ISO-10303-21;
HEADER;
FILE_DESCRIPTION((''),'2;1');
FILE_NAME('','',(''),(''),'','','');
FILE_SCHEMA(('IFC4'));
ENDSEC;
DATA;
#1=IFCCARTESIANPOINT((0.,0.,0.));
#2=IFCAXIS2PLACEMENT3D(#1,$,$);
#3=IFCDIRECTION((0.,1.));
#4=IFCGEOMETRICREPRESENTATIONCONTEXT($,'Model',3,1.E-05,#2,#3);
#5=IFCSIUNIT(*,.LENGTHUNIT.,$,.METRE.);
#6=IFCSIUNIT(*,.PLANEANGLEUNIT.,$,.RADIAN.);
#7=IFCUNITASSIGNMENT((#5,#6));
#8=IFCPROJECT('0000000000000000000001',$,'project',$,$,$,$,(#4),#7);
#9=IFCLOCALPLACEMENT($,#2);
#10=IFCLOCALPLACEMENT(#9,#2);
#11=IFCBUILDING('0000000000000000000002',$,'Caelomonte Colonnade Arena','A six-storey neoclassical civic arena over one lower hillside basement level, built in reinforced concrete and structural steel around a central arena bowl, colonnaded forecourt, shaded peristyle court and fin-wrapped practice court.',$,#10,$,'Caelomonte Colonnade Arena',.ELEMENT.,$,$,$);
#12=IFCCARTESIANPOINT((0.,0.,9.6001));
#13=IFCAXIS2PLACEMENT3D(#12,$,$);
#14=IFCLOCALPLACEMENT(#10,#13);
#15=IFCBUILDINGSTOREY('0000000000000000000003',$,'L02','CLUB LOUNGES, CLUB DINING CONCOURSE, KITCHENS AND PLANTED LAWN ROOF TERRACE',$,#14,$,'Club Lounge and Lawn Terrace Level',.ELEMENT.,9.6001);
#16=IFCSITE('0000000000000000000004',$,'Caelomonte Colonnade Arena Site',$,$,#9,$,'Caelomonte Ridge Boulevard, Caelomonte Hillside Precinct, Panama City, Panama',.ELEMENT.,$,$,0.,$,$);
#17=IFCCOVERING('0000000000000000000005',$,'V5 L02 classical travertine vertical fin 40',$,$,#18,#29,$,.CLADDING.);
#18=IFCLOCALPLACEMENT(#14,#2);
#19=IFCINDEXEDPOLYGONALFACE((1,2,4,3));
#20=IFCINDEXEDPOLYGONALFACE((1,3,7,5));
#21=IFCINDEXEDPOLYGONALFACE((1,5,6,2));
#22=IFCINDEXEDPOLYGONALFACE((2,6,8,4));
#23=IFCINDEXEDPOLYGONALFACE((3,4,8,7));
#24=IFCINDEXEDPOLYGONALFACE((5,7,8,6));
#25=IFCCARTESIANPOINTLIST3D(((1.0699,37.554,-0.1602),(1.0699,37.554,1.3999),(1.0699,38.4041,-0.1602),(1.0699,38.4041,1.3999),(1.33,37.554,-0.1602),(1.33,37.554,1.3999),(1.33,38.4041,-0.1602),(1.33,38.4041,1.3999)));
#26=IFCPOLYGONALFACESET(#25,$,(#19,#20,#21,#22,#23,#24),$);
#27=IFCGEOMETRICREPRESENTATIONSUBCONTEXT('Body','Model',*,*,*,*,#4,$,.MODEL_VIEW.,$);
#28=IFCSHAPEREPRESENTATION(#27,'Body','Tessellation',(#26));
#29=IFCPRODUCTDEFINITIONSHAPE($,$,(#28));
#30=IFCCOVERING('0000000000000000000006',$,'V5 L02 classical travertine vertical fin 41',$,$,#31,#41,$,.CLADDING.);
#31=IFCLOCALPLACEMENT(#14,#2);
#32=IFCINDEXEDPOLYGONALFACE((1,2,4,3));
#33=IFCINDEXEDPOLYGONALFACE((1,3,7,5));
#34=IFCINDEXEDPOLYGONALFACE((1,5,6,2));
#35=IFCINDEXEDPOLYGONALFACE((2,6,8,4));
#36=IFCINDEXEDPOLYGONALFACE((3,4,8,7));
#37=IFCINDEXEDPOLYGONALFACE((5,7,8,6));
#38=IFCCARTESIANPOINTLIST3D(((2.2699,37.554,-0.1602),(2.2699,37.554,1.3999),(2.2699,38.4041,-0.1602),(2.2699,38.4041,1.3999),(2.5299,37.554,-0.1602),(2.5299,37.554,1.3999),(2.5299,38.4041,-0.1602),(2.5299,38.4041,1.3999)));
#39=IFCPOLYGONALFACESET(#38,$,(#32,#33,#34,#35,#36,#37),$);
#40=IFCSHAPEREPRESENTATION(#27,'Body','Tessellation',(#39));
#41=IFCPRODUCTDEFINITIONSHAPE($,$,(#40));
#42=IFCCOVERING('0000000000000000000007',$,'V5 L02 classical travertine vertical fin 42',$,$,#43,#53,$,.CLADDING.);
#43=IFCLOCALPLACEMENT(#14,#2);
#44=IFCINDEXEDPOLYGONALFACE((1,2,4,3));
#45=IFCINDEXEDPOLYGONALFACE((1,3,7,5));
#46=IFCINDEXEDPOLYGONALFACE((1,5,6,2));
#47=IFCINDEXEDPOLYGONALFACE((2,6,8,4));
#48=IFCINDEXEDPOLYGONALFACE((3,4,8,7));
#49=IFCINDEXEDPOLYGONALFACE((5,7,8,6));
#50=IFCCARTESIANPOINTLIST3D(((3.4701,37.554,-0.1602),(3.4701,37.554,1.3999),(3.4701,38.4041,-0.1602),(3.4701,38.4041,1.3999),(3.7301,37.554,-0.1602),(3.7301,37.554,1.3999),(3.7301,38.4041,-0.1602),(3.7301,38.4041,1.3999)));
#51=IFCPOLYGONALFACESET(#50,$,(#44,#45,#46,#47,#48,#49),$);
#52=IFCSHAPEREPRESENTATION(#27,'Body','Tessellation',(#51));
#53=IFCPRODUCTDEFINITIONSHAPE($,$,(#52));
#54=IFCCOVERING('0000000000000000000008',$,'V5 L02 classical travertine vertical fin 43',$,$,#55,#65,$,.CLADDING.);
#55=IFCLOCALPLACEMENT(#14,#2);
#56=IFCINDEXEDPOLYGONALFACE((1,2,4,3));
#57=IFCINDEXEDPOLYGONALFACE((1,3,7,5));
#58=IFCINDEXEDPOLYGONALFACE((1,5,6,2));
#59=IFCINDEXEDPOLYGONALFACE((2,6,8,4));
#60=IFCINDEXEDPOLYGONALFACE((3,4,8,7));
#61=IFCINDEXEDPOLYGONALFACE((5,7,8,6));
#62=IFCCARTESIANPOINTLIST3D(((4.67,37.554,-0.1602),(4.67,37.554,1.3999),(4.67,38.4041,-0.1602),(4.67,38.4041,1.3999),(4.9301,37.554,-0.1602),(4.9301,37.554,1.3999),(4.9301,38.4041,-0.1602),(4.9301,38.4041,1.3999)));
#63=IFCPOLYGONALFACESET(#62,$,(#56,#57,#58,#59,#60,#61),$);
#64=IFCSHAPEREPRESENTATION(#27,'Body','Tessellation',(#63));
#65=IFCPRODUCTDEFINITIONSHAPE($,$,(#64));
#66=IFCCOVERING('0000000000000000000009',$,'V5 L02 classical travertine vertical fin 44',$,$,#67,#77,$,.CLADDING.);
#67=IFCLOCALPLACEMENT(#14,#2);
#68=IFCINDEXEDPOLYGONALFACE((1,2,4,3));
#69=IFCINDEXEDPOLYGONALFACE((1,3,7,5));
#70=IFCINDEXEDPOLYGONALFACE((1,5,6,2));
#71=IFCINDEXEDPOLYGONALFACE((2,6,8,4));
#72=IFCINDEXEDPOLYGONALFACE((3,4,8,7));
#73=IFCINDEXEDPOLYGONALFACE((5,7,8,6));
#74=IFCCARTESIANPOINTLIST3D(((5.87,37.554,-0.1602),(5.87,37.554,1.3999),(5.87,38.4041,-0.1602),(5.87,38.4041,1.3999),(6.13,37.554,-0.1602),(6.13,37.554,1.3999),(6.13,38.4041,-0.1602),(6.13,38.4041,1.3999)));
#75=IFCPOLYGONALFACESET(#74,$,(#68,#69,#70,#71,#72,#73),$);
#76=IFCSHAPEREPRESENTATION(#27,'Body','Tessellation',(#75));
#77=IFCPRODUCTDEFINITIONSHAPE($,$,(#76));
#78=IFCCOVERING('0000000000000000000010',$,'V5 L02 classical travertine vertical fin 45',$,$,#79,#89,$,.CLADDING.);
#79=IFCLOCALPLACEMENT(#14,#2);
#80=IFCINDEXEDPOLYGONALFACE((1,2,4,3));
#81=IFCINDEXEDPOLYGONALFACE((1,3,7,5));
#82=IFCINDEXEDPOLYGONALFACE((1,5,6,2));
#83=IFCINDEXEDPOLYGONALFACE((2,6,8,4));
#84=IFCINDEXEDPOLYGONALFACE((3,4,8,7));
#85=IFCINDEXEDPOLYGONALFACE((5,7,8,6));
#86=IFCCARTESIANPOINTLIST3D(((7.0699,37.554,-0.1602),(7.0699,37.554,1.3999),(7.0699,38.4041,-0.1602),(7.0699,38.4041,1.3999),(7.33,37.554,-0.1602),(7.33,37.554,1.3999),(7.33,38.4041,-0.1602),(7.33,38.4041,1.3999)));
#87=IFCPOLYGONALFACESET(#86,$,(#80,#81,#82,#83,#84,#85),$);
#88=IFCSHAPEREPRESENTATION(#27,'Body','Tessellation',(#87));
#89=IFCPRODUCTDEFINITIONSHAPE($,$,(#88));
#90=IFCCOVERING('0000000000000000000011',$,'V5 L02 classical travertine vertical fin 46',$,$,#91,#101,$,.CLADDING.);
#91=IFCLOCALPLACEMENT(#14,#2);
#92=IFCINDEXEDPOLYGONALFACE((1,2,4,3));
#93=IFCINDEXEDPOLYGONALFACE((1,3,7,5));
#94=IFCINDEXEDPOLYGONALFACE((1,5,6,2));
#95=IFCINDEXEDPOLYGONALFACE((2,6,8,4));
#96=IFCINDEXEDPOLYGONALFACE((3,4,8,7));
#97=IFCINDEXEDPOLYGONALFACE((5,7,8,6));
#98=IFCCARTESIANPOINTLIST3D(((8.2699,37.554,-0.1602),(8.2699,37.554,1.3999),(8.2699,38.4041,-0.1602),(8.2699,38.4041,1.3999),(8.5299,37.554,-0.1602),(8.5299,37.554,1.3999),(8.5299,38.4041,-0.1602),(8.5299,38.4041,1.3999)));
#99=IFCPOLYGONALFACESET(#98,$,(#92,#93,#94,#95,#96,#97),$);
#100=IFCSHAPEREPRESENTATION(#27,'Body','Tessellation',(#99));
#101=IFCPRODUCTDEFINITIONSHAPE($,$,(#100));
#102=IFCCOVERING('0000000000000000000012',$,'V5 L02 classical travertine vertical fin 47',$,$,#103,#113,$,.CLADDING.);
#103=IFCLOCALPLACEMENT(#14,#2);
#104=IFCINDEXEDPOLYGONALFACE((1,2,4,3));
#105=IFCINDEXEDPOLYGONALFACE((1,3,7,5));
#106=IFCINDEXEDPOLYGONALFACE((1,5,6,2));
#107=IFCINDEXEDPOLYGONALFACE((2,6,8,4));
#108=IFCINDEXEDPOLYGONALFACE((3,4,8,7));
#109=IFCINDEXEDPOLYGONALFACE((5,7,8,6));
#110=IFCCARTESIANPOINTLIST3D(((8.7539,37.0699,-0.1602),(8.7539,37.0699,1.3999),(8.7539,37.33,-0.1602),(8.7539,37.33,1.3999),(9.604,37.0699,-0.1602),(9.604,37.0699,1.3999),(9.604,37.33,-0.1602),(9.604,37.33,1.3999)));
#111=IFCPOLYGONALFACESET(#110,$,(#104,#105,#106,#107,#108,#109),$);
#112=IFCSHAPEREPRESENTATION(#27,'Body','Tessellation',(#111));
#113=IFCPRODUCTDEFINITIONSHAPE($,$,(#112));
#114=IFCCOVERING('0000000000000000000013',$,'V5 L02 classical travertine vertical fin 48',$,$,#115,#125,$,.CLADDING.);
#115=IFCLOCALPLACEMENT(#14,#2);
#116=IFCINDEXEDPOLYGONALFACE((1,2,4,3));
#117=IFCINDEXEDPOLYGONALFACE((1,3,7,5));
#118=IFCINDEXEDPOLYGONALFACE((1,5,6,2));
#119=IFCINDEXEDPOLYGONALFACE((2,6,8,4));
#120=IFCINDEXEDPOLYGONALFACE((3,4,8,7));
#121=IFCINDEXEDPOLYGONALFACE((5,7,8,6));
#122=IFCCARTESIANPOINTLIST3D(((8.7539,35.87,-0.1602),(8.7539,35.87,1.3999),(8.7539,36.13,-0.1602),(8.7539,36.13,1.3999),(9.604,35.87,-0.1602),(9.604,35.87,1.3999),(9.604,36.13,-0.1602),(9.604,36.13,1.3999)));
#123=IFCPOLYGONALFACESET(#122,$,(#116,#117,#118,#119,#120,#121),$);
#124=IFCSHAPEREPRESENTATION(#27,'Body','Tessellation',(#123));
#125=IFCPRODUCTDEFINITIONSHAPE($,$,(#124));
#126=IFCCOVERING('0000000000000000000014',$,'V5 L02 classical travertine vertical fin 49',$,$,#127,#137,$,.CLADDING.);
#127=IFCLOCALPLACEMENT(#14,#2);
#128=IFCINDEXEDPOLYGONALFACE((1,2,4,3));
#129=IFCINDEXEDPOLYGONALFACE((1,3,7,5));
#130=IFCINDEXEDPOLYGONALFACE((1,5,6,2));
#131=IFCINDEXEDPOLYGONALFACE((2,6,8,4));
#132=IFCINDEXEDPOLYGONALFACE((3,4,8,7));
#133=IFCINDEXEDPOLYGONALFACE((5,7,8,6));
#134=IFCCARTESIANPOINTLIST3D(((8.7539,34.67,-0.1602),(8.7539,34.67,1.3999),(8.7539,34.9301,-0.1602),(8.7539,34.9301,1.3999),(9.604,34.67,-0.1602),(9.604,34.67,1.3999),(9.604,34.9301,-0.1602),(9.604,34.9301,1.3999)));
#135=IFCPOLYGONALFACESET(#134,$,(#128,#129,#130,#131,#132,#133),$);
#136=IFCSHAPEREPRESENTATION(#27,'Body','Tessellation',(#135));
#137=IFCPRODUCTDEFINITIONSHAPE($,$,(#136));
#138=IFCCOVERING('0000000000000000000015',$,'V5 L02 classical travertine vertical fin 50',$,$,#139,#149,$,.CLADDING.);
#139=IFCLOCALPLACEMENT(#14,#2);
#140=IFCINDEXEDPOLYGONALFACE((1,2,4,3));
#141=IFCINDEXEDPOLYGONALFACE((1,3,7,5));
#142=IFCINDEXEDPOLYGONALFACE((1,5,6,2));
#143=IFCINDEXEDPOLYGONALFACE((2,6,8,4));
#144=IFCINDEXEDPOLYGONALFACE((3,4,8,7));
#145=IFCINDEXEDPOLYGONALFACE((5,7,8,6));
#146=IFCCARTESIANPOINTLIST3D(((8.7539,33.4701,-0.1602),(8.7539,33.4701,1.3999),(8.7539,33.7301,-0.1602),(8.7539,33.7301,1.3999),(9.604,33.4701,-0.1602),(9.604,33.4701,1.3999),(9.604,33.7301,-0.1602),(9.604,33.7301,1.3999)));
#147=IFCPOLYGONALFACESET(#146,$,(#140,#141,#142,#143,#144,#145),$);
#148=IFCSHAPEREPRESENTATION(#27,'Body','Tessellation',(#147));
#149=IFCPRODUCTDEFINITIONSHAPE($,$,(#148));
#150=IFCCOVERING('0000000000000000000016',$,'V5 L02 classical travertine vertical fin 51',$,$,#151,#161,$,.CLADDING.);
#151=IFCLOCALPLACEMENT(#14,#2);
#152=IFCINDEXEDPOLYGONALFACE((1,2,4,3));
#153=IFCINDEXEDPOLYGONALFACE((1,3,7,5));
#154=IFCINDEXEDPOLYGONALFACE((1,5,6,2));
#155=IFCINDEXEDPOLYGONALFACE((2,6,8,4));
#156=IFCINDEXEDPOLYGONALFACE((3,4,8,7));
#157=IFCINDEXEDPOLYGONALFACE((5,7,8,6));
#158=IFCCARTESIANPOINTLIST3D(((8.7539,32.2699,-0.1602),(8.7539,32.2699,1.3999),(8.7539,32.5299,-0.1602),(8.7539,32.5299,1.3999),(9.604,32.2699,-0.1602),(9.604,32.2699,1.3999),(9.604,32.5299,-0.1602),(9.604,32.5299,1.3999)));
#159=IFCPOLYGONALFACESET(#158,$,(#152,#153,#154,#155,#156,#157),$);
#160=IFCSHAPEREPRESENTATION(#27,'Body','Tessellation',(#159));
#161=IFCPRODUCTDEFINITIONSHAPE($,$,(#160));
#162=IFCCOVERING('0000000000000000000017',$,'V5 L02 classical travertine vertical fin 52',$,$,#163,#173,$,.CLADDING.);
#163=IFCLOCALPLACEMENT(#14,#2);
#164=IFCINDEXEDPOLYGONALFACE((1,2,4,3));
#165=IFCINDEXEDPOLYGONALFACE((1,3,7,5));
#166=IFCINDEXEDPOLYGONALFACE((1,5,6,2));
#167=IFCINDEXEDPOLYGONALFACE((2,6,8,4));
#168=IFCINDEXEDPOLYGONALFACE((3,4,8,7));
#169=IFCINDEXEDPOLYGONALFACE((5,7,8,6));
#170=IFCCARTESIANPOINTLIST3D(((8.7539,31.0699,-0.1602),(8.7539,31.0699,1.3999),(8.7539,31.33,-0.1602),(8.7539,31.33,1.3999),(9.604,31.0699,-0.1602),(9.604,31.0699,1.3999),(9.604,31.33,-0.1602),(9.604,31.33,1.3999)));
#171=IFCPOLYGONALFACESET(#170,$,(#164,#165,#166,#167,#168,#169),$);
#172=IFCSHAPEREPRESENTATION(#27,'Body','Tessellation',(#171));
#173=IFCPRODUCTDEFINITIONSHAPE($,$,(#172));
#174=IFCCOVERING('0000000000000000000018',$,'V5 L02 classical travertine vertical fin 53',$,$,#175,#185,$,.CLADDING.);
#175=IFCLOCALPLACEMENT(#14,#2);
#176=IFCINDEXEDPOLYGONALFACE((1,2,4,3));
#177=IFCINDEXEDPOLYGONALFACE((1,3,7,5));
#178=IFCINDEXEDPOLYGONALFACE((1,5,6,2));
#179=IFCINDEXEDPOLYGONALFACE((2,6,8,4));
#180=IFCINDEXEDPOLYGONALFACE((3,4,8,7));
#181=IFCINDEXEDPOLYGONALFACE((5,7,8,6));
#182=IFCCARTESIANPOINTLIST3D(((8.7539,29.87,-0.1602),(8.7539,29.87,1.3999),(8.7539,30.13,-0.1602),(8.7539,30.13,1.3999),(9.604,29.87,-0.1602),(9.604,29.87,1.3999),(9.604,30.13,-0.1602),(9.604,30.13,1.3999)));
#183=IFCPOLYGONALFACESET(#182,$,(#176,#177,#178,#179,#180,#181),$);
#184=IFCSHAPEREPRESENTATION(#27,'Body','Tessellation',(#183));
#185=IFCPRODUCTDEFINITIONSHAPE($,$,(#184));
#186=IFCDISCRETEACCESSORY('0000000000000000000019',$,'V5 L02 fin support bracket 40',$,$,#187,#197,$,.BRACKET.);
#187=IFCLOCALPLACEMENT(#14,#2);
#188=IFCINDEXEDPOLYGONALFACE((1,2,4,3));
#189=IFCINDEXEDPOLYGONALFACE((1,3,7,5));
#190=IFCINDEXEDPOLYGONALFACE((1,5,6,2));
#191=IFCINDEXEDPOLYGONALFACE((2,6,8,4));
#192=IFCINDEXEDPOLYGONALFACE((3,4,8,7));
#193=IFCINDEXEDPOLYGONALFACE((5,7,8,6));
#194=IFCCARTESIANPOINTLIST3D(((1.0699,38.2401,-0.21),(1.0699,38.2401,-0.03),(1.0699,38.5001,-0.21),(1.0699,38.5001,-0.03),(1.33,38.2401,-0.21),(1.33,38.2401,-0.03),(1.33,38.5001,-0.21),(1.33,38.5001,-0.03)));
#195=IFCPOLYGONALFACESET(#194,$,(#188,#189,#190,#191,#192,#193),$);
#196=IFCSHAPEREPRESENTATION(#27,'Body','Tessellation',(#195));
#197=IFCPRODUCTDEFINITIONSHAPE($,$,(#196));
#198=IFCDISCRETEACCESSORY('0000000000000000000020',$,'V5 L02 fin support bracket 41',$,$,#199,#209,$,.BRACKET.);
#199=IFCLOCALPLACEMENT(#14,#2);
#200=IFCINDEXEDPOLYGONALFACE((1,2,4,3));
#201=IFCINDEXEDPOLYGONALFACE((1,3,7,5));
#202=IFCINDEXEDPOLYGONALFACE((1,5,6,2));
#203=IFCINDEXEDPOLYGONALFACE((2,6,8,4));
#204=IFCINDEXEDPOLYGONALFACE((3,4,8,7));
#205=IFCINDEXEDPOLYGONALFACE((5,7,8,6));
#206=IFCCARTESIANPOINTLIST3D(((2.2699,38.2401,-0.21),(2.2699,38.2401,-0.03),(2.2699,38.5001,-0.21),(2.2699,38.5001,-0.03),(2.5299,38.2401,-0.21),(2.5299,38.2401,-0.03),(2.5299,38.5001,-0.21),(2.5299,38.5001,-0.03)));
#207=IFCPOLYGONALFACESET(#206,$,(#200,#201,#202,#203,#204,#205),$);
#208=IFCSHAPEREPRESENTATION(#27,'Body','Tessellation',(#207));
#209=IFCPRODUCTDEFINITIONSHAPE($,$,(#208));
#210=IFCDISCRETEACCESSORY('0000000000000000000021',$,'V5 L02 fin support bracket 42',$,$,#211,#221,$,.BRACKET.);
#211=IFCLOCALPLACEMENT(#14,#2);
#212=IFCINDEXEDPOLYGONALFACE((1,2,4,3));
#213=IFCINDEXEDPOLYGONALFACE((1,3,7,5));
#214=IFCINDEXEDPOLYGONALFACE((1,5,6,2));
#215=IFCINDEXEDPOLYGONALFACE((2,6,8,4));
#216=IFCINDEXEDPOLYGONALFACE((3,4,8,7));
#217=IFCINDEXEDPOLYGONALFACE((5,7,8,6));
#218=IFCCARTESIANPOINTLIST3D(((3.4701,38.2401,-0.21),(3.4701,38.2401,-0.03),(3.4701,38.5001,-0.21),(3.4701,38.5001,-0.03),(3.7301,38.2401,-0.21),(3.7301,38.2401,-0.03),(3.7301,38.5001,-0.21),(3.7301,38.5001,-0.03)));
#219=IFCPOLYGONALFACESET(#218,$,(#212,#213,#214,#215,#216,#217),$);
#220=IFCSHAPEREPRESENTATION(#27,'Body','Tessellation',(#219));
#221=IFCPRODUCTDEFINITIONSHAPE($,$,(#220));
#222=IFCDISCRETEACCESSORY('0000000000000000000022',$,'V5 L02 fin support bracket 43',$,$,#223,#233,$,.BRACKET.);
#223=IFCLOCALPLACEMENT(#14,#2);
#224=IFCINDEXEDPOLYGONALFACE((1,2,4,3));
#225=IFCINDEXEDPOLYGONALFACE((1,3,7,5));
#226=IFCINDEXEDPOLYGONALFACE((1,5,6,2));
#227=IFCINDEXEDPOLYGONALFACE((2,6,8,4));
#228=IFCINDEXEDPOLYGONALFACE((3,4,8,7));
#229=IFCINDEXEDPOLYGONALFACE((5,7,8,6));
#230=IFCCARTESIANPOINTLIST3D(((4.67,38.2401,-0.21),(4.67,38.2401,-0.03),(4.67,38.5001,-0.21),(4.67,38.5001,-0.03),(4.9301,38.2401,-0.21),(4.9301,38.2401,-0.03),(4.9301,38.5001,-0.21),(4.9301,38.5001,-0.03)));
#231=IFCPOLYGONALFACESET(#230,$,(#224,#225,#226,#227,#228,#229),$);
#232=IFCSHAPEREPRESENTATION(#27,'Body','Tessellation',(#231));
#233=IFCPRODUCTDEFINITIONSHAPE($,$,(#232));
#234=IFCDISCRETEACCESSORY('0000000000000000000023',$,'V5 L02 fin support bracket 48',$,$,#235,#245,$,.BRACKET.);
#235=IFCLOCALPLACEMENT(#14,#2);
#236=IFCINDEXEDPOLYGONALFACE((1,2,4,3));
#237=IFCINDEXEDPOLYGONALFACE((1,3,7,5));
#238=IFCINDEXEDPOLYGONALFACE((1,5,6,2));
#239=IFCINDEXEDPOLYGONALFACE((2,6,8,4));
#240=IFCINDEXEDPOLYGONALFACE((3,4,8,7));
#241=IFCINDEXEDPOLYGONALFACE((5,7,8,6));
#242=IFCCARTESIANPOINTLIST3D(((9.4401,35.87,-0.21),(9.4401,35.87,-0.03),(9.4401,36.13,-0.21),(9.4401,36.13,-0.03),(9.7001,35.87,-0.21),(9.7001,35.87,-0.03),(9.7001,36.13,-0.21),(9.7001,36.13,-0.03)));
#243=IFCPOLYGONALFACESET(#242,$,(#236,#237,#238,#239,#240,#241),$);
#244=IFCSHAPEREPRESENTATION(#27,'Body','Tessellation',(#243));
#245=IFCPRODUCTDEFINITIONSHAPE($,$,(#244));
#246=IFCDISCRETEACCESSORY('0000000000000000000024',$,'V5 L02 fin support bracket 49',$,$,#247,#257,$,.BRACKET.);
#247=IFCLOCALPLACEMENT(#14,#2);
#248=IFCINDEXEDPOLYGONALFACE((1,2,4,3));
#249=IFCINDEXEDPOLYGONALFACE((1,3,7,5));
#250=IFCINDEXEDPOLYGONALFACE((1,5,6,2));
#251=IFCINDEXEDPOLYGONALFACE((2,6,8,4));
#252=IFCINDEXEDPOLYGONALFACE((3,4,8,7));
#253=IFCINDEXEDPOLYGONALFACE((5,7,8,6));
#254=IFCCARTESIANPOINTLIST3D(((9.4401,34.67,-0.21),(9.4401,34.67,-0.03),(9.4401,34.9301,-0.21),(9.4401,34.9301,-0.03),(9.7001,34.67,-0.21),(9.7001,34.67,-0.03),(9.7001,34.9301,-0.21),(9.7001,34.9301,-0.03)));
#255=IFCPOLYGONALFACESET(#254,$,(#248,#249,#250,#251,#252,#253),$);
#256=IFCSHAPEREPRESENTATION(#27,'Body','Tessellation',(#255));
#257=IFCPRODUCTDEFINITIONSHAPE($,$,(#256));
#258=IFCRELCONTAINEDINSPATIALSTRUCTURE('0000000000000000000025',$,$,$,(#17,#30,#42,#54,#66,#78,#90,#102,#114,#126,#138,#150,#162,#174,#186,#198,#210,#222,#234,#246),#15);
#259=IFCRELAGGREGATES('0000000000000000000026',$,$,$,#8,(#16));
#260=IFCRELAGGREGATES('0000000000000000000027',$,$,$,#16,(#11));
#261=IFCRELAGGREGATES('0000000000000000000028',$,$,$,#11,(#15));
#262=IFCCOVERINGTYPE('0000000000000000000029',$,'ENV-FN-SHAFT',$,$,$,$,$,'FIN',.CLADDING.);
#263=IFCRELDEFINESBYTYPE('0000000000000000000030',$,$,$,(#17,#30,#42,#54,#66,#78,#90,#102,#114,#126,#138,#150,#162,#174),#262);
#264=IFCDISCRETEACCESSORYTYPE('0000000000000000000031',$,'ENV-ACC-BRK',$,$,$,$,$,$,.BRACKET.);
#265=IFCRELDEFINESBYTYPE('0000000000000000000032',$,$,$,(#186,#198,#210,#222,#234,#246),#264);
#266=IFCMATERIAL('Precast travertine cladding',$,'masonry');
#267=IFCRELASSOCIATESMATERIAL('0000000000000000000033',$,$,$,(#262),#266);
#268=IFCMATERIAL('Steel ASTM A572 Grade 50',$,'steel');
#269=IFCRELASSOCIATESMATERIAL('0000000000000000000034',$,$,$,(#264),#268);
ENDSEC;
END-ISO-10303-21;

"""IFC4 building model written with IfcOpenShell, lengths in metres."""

from ifc_helpers import new_model, si_unit, direction, frame, origin, origin_2d, place, context, subcontext, project, spatial, rectangle, extrude, material, material_profile, profile_set, type_object, element, save


model = new_model("IFC4")

# Units and contexts
model_context = context("Model", 3, precision=1e-05, world=origin(), true_north=direction((0.0, 1.0)))
body_context = subcontext(model_context, "Body", "Model", "MODEL_VIEW")
ifc_project = project(units=[si_unit("LENGTHUNIT", "METRE"), si_unit("PLANEANGLEUNIT", "RADIAN")], contexts=[model_context])

# Site, building, storey
site_placement = place(None, origin())
site = spatial("IfcSite", under=ifc_project, at=site_placement, Name="Caelomonte Colonnade Arena Site", LongName="Caelomonte Ridge Boulevard, Caelomonte Hillside Precinct, Panama City, Panama", CompositionType="ELEMENT", RefElevation=0.0)
building_placement = place(site_placement, origin())
building = spatial("IfcBuilding", under=site, at=building_placement, Name="Caelomonte Colonnade Arena", Description="A six-storey neoclassical civic arena over one lower hillside basement level, built in reinforced concrete and structural steel around a central arena bowl, colonnaded forecourt, shaded peristyle court and fin-wrapped practice court.", LongName="Caelomonte Colonnade Arena", CompositionType="ELEMENT")
storey_placement = place(building_placement, frame((0.0, 0.0, 9.6001)))
storey = spatial("IfcBuildingStorey", under=building, at=storey_placement, Name="L02", Description="CLUB LOUNGES, CLUB DINING CONCOURSE, KITCHENS AND PLANTED LAWN ROOF TERRACE", LongName="Club Lounge and Lawn Terrace Level", CompositionType="ELEMENT", Elevation=9.6001)

# Coverings
ifc_material_1 = material(Name="Precast travertine cladding", Category="masonry")
ifc_material_profile = material_profile(ifc_material_1, rectangle(XDim=0.26, YDim=0.8501, at=origin_2d()), Name="FIN260X850")
ifc_profile_set = profile_set([ifc_material_profile], Name="Precast travertine cladding")
covering_type = type_object("IfcCoveringType", Name="ENV-FN-SHAFT", ElementType="FIN", PredefinedType="CLADDING", material=ifc_profile_set)
for number, where, z_axis, x_axis, name in (
    (1, (1.2, 37.979, -0.1602), (0.0, 0.0, 1.0), (-1.0, 0.0, 0.0), "V5 L02 classical travertine vertical fin 40"),
    (2, (2.3999, 37.979, -0.1602), (0.0, 0.0, 1.0), (-1.0, 0.0, 0.0), "V5 L02 classical travertine vertical fin 41"),
    (3, (3.6001, 37.979, -0.1602), (0.0, 0.0, 1.0), (-1.0, 0.0, 0.0), "V5 L02 classical travertine vertical fin 42"),
    (4, (4.8, 37.979, -0.1602), (0.0, 0.0, 1.0), (-1.0, 0.0, 0.0), "V5 L02 classical travertine vertical fin 43"),
    (5, (6.0, 37.979, -0.1602), (0.0, 0.0, 1.0), (-1.0, 0.0, 0.0), "V5 L02 classical travertine vertical fin 44"),
    (6, (7.2, 37.979, -0.1602), (0.0, 0.0, 1.0), (-1.0, 0.0, 0.0), "V5 L02 classical travertine vertical fin 45"),
    (7, (8.3999, 37.979, -0.1602), (0.0, 0.0, 1.0), (-1.0, 0.0, 0.0), "V5 L02 classical travertine vertical fin 46"),
    (8, (9.179, 37.2, -0.1602), (0.0, 0.0, 1.0), (0.0, 1.0, 0.0), "V5 L02 classical travertine vertical fin 47"),
    (9, (9.179, 36.0, -0.1602), (0.0, 0.0, 1.0), (0.0, 1.0, 0.0), "V5 L02 classical travertine vertical fin 48"),
    (10, (9.179, 34.8, -0.1602), (0.0, 0.0, 1.0), (0.0, 1.0, 0.0), "V5 L02 classical travertine vertical fin 49"),
    (11, (9.179, 33.6001, -0.1602), (0.0, 0.0, 1.0), (0.0, 1.0, 0.0), "V5 L02 classical travertine vertical fin 50"),
    (12, (9.179, 32.3999, -0.1602), (0.0, 0.0, 1.0), (0.0, 1.0, 0.0), "V5 L02 classical travertine vertical fin 51"),
    (13, (9.179, 31.2, -0.1602), (0.0, 0.0, 1.0), (0.0, 1.0, 0.0), "V5 L02 classical travertine vertical fin 52"),
    (14, (9.179, 30.0, -0.1602), (0.0, 0.0, 1.0), (0.0, 1.0, 0.0), "V5 L02 classical travertine vertical fin 53"),
):
    element("IfcCovering", number, at=place(storey_placement, frame(where, z_axis=z_axis, x_axis=x_axis)), inside=storey, type_object=covering_type, Name=name, PredefinedType="CLADDING", context=body_context, shape_type="SweptSolid", body=[
        extrude(rectangle(XDim=0.26, YDim=0.8501, at=origin_2d()), origin(), (0.0, 0.0, 1.0), 1.5601),
    ])

# Discrete accessories
ifc_material_2 = material(Name="Steel ASTM A572 Grade 50", Category="steel")
discrete_accessory_type = type_object("IfcDiscreteAccessoryType", Name="ENV-ACC-BRK", PredefinedType="BRACKET", material=ifc_material_2)
for number, where, z_axis, x_axis, name in (
    (15, (1.2, 38.3701, -0.21), (0.0, 0.0, 1.0), (1.0, 0.0, 0.0), "V5 L02 fin support bracket 40"),
    (16, (2.3999, 38.3701, -0.21), (0.0, 0.0, 1.0), (1.0, 0.0, 0.0), "V5 L02 fin support bracket 41"),
    (17, (3.6001, 38.3701, -0.21), (0.0, 0.0, 1.0), (1.0, 0.0, 0.0), "V5 L02 fin support bracket 42"),
    (18, (4.8, 38.3701, -0.21), (0.0, 0.0, 1.0), (1.0, 0.0, 0.0), "V5 L02 fin support bracket 43"),
    (19, (9.5701, 36.0, -0.21), (0.0, 0.0, 1.0), (0.0, -1.0, 0.0), "V5 L02 fin support bracket 48"),
    (20, (9.5701, 34.8, -0.21), (0.0, 0.0, 1.0), (0.0, -1.0, 0.0), "V5 L02 fin support bracket 49"),
):
    element("IfcDiscreteAccessory", number, at=place(storey_placement, frame(where, z_axis=z_axis, x_axis=x_axis)), inside=storey, type_object=discrete_accessory_type, Name=name, PredefinedType="BRACKET", context=body_context, shape_type="SweptSolid", body=[
        extrude(rectangle(XDim=0.26, YDim=0.26, at=origin_2d()), origin(), (0.0, 0.0, 1.0), 0.1799),
    ])

save(model, "model.ifc")
